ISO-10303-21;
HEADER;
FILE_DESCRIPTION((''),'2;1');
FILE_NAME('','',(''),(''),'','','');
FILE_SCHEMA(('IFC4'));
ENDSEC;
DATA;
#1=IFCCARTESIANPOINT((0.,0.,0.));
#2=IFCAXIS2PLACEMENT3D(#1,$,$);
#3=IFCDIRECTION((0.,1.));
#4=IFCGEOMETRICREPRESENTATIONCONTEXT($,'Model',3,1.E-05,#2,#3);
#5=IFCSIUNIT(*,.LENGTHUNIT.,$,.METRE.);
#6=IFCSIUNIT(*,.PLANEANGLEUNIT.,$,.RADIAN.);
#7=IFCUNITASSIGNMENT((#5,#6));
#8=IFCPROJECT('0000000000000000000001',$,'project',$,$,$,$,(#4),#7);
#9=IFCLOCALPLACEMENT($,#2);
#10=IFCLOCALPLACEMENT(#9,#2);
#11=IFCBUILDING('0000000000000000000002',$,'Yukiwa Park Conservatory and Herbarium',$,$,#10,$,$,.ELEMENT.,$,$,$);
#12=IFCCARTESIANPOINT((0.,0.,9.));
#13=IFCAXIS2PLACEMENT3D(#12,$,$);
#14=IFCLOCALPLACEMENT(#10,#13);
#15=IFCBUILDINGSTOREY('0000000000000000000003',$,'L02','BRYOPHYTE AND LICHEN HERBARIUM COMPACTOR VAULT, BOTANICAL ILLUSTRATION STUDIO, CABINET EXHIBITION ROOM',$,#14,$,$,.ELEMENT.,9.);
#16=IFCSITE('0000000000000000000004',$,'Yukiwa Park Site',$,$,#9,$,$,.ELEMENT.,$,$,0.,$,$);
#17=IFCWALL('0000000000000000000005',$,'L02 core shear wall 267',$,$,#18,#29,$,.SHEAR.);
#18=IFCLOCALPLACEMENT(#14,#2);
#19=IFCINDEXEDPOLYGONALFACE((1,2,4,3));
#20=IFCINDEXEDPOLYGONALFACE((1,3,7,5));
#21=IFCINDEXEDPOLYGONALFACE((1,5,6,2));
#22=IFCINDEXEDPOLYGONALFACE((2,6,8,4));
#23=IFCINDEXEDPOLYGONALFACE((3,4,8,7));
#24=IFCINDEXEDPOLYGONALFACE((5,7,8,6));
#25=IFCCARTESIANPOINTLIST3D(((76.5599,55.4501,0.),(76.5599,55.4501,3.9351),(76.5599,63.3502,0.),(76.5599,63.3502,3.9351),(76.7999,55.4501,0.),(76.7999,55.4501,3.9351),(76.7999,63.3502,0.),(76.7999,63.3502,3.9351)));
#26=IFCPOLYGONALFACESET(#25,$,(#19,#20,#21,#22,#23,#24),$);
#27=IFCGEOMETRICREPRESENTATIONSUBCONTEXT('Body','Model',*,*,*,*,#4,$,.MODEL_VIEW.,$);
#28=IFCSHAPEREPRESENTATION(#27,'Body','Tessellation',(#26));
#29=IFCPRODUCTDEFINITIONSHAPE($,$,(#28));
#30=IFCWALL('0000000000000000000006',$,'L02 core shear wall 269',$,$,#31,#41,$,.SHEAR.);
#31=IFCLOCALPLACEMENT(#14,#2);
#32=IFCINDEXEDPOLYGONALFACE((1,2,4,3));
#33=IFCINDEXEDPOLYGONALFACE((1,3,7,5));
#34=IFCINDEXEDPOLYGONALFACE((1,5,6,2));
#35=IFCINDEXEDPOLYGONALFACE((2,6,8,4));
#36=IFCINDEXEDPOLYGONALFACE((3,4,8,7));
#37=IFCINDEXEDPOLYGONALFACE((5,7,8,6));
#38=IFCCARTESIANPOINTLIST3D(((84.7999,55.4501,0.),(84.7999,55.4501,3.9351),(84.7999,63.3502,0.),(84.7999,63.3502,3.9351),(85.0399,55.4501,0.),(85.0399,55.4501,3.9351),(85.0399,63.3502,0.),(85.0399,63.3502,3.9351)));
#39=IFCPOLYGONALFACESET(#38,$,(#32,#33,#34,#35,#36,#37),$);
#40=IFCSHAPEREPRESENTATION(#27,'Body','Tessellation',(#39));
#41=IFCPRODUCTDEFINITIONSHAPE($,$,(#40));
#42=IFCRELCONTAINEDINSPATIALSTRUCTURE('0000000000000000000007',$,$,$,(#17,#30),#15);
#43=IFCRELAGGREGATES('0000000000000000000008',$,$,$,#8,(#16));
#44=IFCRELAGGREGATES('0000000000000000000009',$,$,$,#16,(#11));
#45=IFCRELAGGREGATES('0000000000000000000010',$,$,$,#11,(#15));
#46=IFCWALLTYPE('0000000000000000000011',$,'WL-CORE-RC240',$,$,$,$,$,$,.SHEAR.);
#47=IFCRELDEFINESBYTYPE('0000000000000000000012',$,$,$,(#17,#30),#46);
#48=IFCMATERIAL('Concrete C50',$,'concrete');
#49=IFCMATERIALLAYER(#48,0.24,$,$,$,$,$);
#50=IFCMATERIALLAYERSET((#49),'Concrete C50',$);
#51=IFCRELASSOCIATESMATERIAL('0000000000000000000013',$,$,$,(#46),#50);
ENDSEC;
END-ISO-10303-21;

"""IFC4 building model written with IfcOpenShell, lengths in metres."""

from ifc_helpers import new_model, si_unit, direction, frame, frame_2d, origin, place, context, subcontext, project, spatial, rectangle, extrude, material, layer, layer_set, type_object, element, save


model = new_model("IFC4")

# Units and contexts
model_context = context("Model", 3, precision=1e-05, world=origin(), true_north=direction((0.0, 1.0)))
body_context = subcontext(model_context, "Body", "Model", "MODEL_VIEW")
ifc_project = project(units=[si_unit("LENGTHUNIT", "METRE"), si_unit("PLANEANGLEUNIT", "RADIAN")], contexts=[model_context])

# Site, building, storey
site_placement = place(None, origin())
site = spatial("IfcSite", under=ifc_project, at=site_placement, Name="Yukiwa Park Site", CompositionType="ELEMENT", RefElevation=0.0)
building_placement = place(site_placement, origin())
building = spatial("IfcBuilding", under=site, at=building_placement, Name="Yukiwa Park Conservatory and Herbarium", CompositionType="ELEMENT")
storey_placement = place(building_placement, frame((0.0, 0.0, 9.0)))
storey = spatial("IfcBuildingStorey", under=building, at=storey_placement, Name="L02", Description="BRYOPHYTE AND LICHEN HERBARIUM COMPACTOR VAULT, BOTANICAL ILLUSTRATION STUDIO, CABINET EXHIBITION ROOM", CompositionType="ELEMENT", Elevation=9.0)

# Shared definitions
ifc_material_1 = material(Name="Concrete C50", Category="concrete")
ifc_layer_1 = layer(ifc_material_1, 0.24)
ifc_layer_set_1 = layer_set([ifc_layer_1], Name="Concrete C50")
wall_type_1 = type_object("IfcWallType", Name="WL-CORE-RC240", PredefinedType="SHEAR", material=ifc_layer_set_1)

# Walls
for number, where, z_axis, x_axis, name in (
    (1, (76.6799, 55.45, 0.0), (0.0, 0.0, 1.0), (0.0, 1.0, 0.0), "L02 core shear wall 267"),
    (2, (84.9199, 55.45, 0.0), (0.0, 0.0, 1.0), (0.0, 1.0, 0.0), "L02 core shear wall 269"),
):
    element("IfcWall", number, at=place(storey_placement, frame(where, z_axis=z_axis, x_axis=x_axis)), inside=storey, type_object=wall_type_1, Name=name, PredefinedType="SHEAR", context=body_context, shape_type="SweptSolid", body=[
        extrude(rectangle(XDim=7.9001, YDim=0.24, at=frame_2d((3.9502, 0.0))), origin(), (0.0, 0.0, 1.0), 3.9351),
    ])

save(model, "model.ifc")
